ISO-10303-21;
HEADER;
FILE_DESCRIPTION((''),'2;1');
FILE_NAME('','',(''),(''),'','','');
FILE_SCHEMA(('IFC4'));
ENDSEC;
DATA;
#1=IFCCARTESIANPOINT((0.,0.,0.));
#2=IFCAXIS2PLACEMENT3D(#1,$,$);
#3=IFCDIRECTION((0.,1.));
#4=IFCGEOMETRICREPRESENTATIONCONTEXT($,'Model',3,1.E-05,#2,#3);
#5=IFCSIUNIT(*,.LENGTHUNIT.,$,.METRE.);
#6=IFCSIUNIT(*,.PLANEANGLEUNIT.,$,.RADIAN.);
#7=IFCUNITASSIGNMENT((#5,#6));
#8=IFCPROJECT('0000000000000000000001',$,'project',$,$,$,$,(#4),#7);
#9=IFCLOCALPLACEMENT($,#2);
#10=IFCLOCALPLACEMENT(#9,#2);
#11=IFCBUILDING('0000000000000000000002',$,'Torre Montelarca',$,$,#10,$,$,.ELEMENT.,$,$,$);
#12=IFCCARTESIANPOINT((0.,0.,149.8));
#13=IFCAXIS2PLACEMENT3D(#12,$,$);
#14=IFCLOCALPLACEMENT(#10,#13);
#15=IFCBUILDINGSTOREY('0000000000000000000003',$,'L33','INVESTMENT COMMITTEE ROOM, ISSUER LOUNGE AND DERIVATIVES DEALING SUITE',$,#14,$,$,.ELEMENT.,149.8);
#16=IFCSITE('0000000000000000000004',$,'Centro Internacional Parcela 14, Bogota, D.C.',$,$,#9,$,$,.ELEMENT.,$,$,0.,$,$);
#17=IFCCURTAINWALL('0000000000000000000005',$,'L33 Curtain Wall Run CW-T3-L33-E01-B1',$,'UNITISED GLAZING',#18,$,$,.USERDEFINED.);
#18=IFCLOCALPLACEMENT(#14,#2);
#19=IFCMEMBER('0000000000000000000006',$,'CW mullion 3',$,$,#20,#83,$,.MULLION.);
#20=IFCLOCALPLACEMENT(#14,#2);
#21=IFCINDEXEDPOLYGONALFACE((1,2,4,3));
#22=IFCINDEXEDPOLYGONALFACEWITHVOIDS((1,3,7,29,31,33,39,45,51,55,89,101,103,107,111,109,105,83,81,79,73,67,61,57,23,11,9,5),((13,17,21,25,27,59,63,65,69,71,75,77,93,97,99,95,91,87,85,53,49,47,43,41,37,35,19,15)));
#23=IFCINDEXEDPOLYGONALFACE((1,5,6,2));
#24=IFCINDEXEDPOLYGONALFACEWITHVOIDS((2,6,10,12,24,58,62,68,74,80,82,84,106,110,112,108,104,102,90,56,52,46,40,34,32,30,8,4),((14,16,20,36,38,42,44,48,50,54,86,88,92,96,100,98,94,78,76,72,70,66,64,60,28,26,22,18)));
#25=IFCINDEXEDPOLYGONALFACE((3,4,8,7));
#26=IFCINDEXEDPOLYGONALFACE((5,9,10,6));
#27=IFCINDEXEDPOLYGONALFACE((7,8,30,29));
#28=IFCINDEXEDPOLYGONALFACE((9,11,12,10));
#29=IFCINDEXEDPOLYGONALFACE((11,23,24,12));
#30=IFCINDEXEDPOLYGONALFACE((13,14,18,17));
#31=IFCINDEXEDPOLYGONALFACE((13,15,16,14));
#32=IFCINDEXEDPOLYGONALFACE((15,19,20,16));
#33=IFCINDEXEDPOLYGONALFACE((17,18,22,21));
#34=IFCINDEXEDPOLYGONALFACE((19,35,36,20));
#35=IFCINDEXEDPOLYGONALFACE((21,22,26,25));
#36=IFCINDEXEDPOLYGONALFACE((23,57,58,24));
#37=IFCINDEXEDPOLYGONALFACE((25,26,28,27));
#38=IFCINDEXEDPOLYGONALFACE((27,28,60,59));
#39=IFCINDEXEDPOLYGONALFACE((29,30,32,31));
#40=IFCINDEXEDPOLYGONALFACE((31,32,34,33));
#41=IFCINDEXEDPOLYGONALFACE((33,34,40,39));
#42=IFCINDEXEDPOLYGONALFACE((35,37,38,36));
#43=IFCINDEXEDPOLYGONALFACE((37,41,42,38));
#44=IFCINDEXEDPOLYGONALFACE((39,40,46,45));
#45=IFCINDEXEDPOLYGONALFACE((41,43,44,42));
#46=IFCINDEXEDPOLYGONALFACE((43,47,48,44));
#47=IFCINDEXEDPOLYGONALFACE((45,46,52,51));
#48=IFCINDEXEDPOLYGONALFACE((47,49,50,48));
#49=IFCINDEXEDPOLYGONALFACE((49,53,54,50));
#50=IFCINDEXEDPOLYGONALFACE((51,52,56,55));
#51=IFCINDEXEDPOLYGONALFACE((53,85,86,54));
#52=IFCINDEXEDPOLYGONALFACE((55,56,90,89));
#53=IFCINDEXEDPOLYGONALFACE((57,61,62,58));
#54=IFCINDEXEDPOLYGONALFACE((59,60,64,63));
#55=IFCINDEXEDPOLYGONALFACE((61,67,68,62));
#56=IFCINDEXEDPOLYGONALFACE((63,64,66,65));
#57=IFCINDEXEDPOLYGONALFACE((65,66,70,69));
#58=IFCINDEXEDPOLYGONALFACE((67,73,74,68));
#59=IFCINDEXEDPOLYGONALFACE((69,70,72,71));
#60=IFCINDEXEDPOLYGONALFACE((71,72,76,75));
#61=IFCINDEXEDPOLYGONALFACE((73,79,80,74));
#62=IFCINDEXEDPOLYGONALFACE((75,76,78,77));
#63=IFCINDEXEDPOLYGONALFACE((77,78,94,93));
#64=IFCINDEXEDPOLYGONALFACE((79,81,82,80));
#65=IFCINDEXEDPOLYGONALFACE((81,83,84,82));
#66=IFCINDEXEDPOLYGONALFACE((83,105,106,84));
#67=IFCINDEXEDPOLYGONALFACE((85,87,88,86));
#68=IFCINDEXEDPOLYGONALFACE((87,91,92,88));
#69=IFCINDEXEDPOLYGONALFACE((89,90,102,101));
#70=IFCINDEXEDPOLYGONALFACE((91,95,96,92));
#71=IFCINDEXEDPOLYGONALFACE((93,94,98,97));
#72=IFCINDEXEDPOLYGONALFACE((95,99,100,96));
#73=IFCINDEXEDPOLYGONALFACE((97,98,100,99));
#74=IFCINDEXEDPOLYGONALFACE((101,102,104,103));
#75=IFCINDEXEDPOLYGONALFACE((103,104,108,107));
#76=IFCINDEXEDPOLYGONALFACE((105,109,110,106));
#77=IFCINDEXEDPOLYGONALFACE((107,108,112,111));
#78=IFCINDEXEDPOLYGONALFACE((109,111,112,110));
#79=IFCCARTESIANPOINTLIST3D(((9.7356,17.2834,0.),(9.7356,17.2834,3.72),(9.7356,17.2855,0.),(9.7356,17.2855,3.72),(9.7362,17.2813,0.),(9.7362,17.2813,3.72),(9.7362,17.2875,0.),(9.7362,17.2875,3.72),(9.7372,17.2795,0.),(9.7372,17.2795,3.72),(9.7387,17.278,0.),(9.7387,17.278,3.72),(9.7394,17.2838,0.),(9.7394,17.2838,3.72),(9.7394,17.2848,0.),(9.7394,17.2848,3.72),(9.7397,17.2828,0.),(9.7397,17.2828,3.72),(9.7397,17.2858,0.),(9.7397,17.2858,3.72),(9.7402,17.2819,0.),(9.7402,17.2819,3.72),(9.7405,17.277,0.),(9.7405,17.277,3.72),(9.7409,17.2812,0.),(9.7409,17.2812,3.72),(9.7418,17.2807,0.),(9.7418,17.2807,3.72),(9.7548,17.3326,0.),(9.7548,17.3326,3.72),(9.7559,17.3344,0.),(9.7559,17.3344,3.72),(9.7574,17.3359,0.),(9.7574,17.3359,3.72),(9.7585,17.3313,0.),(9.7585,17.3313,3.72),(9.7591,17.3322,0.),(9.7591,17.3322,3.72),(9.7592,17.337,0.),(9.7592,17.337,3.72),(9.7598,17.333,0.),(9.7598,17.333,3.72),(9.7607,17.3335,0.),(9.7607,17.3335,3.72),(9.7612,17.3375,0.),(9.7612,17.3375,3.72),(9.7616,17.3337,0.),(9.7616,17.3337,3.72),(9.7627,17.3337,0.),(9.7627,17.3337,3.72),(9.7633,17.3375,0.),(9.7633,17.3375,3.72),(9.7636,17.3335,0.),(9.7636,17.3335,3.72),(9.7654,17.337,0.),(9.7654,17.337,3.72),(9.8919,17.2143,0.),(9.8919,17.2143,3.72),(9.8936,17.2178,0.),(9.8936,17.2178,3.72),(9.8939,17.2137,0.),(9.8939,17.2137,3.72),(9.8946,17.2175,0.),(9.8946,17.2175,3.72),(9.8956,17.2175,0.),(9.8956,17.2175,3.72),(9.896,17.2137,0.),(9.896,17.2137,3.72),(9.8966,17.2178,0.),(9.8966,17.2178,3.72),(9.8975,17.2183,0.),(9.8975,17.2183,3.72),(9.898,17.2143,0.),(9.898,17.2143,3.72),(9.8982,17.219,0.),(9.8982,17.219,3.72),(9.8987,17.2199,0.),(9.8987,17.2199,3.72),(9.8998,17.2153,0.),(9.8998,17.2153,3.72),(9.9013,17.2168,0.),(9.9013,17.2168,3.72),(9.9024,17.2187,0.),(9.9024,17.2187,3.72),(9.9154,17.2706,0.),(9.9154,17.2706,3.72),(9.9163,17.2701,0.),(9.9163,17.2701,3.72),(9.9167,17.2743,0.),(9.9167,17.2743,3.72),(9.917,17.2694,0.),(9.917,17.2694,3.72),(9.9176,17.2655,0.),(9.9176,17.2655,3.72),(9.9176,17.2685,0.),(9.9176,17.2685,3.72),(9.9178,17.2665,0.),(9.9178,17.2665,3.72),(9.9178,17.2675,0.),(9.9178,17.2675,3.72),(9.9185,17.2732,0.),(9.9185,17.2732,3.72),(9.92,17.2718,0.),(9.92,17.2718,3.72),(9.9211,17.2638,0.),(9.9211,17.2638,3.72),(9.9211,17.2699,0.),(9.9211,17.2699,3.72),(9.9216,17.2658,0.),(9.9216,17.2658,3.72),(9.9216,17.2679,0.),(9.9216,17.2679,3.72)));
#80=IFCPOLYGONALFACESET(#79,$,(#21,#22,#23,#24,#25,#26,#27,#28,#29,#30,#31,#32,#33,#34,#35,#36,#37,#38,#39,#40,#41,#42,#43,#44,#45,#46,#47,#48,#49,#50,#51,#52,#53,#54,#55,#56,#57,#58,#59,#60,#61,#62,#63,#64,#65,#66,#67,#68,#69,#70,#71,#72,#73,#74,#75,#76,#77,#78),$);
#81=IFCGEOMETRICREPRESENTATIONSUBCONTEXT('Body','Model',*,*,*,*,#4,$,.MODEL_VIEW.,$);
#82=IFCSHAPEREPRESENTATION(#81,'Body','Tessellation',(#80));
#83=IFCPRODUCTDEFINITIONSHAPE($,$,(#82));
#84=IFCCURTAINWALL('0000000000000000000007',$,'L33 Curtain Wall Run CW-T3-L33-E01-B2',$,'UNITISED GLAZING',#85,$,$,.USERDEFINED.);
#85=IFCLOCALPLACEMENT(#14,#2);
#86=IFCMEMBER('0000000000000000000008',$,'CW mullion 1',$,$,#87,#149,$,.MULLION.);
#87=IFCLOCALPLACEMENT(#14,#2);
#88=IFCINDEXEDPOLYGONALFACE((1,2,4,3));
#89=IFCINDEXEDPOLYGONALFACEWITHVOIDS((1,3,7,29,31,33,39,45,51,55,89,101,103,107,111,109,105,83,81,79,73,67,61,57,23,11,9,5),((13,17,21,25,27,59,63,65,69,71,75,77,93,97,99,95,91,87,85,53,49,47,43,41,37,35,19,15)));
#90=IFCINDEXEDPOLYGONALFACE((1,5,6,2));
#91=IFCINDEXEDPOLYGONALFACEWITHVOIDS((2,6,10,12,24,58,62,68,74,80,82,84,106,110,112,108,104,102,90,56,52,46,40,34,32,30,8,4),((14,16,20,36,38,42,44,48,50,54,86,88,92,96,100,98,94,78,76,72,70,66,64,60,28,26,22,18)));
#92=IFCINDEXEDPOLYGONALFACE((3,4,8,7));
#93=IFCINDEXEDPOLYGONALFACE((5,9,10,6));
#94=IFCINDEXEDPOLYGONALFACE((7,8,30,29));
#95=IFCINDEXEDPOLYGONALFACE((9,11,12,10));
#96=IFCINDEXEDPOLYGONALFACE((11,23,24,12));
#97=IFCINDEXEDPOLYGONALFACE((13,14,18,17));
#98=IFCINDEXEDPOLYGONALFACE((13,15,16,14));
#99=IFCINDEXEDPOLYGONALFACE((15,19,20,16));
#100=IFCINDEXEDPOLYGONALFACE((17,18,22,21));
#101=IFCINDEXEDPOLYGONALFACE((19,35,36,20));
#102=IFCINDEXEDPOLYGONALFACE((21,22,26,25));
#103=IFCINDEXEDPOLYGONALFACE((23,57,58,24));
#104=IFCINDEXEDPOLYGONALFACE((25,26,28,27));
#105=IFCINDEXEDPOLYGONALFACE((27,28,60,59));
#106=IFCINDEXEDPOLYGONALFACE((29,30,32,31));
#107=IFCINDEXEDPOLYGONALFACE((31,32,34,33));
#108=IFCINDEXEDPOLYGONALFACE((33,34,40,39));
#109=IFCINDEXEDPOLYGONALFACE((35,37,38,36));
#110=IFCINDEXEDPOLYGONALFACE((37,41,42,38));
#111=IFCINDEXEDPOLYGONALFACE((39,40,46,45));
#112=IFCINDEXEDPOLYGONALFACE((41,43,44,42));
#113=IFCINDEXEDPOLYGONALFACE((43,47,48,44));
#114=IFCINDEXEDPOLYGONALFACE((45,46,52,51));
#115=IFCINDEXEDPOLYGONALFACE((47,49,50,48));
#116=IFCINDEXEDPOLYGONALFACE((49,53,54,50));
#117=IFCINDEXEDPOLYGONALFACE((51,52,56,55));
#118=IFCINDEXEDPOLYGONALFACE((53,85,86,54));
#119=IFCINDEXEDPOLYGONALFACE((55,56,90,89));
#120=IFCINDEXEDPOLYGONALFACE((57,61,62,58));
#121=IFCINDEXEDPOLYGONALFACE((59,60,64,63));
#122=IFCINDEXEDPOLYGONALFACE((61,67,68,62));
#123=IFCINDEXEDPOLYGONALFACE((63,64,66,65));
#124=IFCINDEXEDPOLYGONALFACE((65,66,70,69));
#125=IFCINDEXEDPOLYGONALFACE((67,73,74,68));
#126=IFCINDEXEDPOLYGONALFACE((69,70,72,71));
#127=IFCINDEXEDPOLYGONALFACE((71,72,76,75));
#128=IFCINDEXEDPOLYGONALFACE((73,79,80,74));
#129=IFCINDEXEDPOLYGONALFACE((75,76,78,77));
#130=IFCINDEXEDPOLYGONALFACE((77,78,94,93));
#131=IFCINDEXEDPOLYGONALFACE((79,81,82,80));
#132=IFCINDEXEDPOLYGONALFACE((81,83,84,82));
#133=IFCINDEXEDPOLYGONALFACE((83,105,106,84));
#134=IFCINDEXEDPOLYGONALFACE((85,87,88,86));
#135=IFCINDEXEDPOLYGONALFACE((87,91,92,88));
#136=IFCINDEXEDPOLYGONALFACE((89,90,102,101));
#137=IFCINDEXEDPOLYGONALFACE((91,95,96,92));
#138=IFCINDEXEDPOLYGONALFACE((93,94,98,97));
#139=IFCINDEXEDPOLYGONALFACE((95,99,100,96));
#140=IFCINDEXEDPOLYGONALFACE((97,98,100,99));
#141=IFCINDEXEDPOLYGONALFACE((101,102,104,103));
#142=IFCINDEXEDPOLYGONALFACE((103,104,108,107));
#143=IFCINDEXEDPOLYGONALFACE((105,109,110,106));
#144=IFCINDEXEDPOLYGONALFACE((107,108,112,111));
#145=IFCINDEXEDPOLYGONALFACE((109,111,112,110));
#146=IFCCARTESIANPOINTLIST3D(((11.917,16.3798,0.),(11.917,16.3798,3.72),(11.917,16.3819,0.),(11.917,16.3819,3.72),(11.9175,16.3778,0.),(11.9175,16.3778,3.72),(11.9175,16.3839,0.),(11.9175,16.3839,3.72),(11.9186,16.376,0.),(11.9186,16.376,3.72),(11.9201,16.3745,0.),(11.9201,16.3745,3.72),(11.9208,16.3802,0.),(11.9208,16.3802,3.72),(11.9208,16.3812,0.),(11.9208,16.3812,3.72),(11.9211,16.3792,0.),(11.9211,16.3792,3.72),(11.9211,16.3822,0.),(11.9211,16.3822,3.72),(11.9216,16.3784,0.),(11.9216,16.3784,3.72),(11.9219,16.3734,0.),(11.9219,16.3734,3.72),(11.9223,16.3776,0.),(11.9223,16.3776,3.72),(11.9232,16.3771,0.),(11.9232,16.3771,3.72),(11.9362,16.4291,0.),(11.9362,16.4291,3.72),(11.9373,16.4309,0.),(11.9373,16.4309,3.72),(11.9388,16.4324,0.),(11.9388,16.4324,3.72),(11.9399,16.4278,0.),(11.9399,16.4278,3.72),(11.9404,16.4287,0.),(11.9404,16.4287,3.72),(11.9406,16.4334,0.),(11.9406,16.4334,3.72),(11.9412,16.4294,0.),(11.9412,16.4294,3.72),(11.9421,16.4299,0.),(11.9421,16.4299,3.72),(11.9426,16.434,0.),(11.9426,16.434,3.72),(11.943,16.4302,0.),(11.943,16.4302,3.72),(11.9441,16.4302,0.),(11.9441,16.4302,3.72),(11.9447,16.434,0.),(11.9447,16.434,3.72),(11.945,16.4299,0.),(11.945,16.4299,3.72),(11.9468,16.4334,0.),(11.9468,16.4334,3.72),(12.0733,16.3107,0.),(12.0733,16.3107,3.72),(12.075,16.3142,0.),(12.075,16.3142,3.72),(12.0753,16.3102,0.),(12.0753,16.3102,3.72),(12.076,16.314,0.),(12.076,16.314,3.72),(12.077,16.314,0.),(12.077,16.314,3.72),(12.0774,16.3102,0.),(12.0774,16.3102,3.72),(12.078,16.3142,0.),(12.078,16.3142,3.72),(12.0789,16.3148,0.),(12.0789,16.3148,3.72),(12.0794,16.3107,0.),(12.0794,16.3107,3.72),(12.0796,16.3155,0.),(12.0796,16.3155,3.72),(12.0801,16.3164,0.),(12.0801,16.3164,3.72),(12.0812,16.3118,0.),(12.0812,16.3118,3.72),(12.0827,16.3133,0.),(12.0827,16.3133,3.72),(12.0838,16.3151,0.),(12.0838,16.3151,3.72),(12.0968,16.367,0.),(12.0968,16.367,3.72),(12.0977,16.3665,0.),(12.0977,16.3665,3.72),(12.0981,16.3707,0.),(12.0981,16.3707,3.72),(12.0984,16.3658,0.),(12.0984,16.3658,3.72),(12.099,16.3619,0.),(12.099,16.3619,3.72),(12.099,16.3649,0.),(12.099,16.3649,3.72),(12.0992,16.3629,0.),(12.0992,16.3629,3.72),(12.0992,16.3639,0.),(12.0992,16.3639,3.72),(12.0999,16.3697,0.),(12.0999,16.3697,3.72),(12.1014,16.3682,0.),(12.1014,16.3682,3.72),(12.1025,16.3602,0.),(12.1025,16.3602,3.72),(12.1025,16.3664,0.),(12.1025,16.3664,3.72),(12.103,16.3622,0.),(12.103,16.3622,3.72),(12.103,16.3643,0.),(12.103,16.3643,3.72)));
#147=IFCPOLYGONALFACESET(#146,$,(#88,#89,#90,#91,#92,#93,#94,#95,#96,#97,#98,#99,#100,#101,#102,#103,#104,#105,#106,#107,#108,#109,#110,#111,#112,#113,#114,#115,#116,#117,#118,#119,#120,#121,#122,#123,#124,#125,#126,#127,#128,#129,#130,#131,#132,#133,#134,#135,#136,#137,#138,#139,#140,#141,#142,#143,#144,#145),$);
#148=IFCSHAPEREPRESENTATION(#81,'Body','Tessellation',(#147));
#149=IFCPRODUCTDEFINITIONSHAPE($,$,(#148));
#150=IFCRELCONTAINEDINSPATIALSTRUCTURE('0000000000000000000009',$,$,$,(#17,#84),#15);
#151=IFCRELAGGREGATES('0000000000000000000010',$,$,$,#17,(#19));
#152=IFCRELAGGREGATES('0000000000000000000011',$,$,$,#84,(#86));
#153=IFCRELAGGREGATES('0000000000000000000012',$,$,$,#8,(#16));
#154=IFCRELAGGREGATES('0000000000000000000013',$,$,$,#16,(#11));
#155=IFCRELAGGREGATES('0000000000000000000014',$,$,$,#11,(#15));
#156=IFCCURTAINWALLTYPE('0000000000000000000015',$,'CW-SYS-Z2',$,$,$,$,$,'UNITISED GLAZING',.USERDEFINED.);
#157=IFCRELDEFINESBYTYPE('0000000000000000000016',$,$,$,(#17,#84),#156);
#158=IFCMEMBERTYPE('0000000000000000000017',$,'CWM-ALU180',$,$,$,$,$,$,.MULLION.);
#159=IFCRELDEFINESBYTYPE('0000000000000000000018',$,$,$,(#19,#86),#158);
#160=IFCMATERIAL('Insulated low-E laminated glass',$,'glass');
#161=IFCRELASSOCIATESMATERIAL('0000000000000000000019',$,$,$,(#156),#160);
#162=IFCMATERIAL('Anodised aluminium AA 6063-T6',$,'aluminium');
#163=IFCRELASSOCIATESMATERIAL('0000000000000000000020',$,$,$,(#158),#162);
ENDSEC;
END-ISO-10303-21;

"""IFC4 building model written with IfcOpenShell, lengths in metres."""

from ifc_helpers import new_model, si_unit, direction, frame, origin, origin_2d, place, context, subcontext, project, spatial, hollow_rectangle, extrude, source, transform, mapped, material, material_profile, profile_set, type_object, element, aggregate, save


model = new_model("IFC4")

# Units and contexts
model_context = context("Model", 3, precision=1e-05, world=origin(), true_north=direction((0.0, 1.0)))
body_context = subcontext(model_context, "Body", "Model", "MODEL_VIEW")
ifc_project = project(units=[si_unit("LENGTHUNIT", "METRE"), si_unit("PLANEANGLEUNIT", "RADIAN")], contexts=[model_context])

# Site, building, storey
site_placement = place(None, origin())
site = spatial("IfcSite", under=ifc_project, at=site_placement, Name="Centro Internacional Parcela 14, Bogota, D.C.", CompositionType="ELEMENT", RefElevation=0.0)
building_placement = place(site_placement, origin())
building = spatial("IfcBuilding", under=site, at=building_placement, Name="Torre Montelarca", CompositionType="ELEMENT")
storey_placement = place(building_placement, frame((0.0, 0.0, 149.8)))
storey = spatial("IfcBuildingStorey", under=building, at=storey_placement, Name="L33", Description="INVESTMENT COMMITTEE ROOM, ISSUER LOUNGE AND DERIVATIVES DEALING SUITE", CompositionType="ELEMENT", Elevation=149.8)

# Curtain walls, members
ifc_material_1 = material(Name="Insulated low-E laminated glass", Category="glass")
curtain_wall_type = type_object("IfcCurtainWallType", Name="CW-SYS-Z2", ElementType="UNITISED GLAZING", PredefinedType="USERDEFINED", material=ifc_material_1)
curtain_wall_1_placement = place(storey_placement, origin())
curtain_wall_1 = element("IfcCurtainWall", 1, at=curtain_wall_1_placement, inside=storey, type_object=curtain_wall_type, Name="L33 Curtain Wall Run CW-T3-L33-E01-B1", ObjectType="UNITISED GLAZING", PredefinedType="USERDEFINED")
ifc_material_2 = material(Name="Anodised aluminium AA 6063-T6", Category="aluminium")
ifc_material_profile_1 = material_profile(ifc_material_2, hollow_rectangle(XDim=0.0649, YDim=0.1799, WallThickness=0.0039, InnerFilletRadius=0.0039, OuterFilletRadius=0.0081, at=origin_2d()), Name="ALU65X180X4", Category="aluminium")
ifc_profile_set_1 = profile_set([ifc_material_profile_1], Name="Anodised aluminium AA 6063-T6")
member_type_1 = type_object("IfcMemberType", Name="CWM-ALU180", PredefinedType="MULLION", material=ifc_profile_set_1)
shared_shape_1 = source(origin(), body_context, "Body", "SweptSolid", [
    extrude(hollow_rectangle(XDim=0.0649, YDim=0.1799, WallThickness=0.0039, InnerFilletRadius=0.0039, OuterFilletRadius=0.0081, at=origin_2d()), origin(), (0.0, 0.0, 1.0), 3.72),
])
member_1_placement = place(storey_placement, frame((9.8286, 17.2756, 0.0), z_axis=(0.0, 0.0, 1.0), x_axis=(0.382677, 0.923882, 0.0)))
member_1 = element("IfcMember", 2, at=member_1_placement, type_object=member_type_1, Name="CW mullion 3", PredefinedType="MULLION", context=body_context, shape_type="MappedRepresentation", body=[
    mapped(shared_shape_1, transform((0.0, 0.0, 0.0), scale=1.0)),
])
curtain_wall_2_placement = place(storey_placement, origin())
curtain_wall_2 = element("IfcCurtainWall", 3, at=curtain_wall_2_placement, inside=storey, type_object=curtain_wall_type, Name="L33 Curtain Wall Run CW-T3-L33-E01-B2", ObjectType="UNITISED GLAZING", PredefinedType="USERDEFINED")
member_2_placement = place(storey_placement, frame((12.01, 16.3721, 0.0), z_axis=(0.0, 0.0, 1.0), x_axis=(0.382688, 0.923878, 0.0)))
member_2 = element("IfcMember", 4, at=member_2_placement, type_object=member_type_1, Name="CW mullion 1", PredefinedType="MULLION", context=body_context, shape_type="MappedRepresentation", body=[
    mapped(shared_shape_1, transform((0.0, 0.0, 0.0), scale=1.0)),
])

aggregate(curtain_wall_1, [member_1])
aggregate(curtain_wall_2, [member_2])

save(model, "model.ifc")
